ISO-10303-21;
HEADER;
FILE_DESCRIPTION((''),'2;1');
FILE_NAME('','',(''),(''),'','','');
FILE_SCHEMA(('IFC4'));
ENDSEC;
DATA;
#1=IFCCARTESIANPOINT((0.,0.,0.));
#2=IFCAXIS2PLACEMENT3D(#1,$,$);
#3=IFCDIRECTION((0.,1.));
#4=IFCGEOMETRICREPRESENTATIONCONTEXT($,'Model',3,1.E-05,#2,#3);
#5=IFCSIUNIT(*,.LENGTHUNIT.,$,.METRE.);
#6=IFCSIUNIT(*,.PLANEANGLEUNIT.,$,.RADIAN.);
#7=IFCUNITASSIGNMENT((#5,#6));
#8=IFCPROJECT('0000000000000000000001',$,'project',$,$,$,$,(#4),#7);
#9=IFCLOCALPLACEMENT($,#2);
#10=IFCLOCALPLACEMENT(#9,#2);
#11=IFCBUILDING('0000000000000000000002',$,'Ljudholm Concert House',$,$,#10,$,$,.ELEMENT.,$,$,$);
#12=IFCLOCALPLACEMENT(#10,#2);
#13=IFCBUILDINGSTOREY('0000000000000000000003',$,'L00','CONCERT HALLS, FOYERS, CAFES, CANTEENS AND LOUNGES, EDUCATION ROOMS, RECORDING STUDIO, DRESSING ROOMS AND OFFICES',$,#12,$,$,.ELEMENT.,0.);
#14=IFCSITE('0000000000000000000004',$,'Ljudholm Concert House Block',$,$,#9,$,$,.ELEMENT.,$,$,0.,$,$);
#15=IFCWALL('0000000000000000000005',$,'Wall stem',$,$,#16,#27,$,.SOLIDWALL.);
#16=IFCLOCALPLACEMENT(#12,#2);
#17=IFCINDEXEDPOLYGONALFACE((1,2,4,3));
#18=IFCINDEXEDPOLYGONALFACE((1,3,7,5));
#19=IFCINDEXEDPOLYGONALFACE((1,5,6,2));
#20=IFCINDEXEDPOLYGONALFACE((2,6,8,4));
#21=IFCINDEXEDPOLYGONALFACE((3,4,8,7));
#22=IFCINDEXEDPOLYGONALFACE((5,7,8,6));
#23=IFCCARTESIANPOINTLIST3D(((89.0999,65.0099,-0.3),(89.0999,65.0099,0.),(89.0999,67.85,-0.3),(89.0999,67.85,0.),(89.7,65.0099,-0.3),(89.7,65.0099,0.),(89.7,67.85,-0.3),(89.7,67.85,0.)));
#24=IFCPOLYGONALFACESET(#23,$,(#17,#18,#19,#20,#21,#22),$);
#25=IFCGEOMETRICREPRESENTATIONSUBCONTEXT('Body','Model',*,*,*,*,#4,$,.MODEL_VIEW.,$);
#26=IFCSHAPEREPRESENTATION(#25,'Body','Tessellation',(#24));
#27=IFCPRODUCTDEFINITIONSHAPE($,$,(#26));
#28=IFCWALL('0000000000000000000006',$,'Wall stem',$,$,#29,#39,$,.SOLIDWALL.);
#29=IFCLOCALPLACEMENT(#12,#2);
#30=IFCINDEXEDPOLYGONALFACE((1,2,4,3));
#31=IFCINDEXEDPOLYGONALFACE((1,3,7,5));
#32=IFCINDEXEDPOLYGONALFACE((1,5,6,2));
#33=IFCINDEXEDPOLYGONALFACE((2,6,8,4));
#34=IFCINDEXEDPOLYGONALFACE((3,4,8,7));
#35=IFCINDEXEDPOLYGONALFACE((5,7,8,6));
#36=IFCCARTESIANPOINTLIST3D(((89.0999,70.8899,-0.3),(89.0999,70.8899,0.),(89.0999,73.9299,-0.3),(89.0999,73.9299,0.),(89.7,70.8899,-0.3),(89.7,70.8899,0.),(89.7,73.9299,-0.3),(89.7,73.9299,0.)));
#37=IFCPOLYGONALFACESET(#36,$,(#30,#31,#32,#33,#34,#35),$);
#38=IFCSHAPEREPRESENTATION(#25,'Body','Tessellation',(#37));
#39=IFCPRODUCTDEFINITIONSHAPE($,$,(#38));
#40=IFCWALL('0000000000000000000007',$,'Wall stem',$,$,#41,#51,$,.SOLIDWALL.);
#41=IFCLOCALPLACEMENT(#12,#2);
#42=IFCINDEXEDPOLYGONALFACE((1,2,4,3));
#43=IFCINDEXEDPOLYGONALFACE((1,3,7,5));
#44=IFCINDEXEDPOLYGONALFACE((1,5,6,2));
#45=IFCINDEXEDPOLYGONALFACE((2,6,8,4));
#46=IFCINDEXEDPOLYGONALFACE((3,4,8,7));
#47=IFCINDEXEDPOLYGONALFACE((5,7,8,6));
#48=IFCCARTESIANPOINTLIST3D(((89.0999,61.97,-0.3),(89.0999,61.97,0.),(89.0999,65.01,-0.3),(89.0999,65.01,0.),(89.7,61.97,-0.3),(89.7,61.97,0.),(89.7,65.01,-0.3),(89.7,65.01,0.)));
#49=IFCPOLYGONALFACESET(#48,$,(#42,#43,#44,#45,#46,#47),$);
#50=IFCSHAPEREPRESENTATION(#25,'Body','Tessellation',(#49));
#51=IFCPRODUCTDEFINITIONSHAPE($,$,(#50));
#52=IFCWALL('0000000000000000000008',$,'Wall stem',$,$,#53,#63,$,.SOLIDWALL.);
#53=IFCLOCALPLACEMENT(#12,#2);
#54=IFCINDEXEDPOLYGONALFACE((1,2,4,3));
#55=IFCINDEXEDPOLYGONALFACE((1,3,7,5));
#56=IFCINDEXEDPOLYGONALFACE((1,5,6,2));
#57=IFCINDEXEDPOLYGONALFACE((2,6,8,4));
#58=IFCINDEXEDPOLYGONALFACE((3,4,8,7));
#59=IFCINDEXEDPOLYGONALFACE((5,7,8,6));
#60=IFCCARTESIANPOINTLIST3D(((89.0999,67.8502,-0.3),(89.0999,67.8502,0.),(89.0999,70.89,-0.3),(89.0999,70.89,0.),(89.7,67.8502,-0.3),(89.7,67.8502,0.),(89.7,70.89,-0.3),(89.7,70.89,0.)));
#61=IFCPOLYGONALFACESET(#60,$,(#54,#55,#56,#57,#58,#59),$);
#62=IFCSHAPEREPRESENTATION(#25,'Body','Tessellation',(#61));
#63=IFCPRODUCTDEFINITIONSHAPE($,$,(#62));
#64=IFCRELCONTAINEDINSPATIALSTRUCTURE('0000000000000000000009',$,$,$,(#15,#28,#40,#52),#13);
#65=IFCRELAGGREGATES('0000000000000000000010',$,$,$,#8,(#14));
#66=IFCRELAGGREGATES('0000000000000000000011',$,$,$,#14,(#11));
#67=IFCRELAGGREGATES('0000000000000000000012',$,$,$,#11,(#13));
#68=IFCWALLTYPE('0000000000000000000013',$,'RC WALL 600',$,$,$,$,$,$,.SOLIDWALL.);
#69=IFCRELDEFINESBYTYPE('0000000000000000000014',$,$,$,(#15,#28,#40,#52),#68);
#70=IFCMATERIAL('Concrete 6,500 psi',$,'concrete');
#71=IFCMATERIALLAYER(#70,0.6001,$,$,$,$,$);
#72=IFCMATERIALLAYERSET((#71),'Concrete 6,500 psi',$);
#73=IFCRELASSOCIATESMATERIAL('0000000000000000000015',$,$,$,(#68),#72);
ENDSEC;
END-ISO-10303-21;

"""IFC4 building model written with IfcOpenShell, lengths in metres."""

from ifc_helpers import new_model, si_unit, direction, frame, frame_2d, origin, place, context, subcontext, project, spatial, rectangle, extrude, material, layer, layer_set, type_object, element, save


model = new_model("IFC4")

# Units and contexts
model_context = context("Model", 3, precision=1e-05, world=origin(), true_north=direction((0.0, 1.0)))
body_context = subcontext(model_context, "Body", "Model", "MODEL_VIEW")
ifc_project = project(units=[si_unit("LENGTHUNIT", "METRE"), si_unit("PLANEANGLEUNIT", "RADIAN")], contexts=[model_context])

# Site, building, storey
site_placement = place(None, origin())
site = spatial("IfcSite", under=ifc_project, at=site_placement, Name="Ljudholm Concert House Block", CompositionType="ELEMENT", RefElevation=0.0)
building_placement = place(site_placement, origin())
building = spatial("IfcBuilding", under=site, at=building_placement, Name="Ljudholm Concert House", CompositionType="ELEMENT")
storey_placement = place(building_placement, origin())
storey = spatial("IfcBuildingStorey", under=building, at=storey_placement, Name="L00", Description="CONCERT HALLS, FOYERS, CAFES, CANTEENS AND LOUNGES, EDUCATION ROOMS, RECORDING STUDIO, DRESSING ROOMS AND OFFICES", CompositionType="ELEMENT", Elevation=0.0)

# Shared definitions
ifc_material_1 = material(Name="Concrete 6,500 psi", Category="concrete")
ifc_layer_1 = layer(ifc_material_1, 0.6001)
ifc_layer_set_1 = layer_set([ifc_layer_1], Name="Concrete 6,500 psi")
wall_type_1 = type_object("IfcWallType", Name="RC WALL 600", PredefinedType="SOLIDWALL", material=ifc_layer_set_1)

# Walls
wall_1_placement = place(storey_placement, frame((89.3999, 65.01, -0.3), z_axis=(0.0, 0.0, 1.0), x_axis=(0.0, 1.0, 0.0)))
element("IfcWall", 1, at=wall_1_placement, inside=storey, type_object=wall_type_1, Name="Wall stem", PredefinedType="SOLIDWALL", context=body_context, shape_type="SweptSolid", body=[
    extrude(rectangle(XDim=2.8401, YDim=0.6001, at=frame_2d((1.4199, 0.0))), origin(), (0.0, 0.0, 1.0), 0.3),
])
for number, where, z_axis, x_axis, name in (
    (2, (89.3999, 70.8899, -0.3), (0.0, 0.0, 1.0), (0.0, 1.0, 0.0), "Wall stem"),
    (3, (89.3999, 61.97, -0.3), (0.0, 0.0, 1.0), (0.0, 1.0, 0.0), "Wall stem"),
):
    element("IfcWall", number, at=place(storey_placement, frame(where, z_axis=z_axis, x_axis=x_axis)), inside=storey, type_object=wall_type_1, Name=name, PredefinedType="SOLIDWALL", context=body_context, shape_type="SweptSolid", body=[
        extrude(rectangle(XDim=3.04, YDim=0.6001, at=frame_2d((1.52, 0.0))), origin(), (0.0, 0.0, 1.0), 0.3),
    ])
wall_2_placement = place(storey_placement, frame((89.3999, 67.8501, -0.3), z_axis=(0.0, 0.0, 1.0), x_axis=(0.0, 1.0, 0.0)))
element("IfcWall", 4, at=wall_2_placement, inside=storey, type_object=wall_type_1, Name="Wall stem", PredefinedType="SOLIDWALL", context=body_context, shape_type="SweptSolid", body=[
    extrude(rectangle(XDim=3.0398, YDim=0.6001, at=frame_2d((1.52, 0.0))), origin(), (0.0, 0.0, 1.0), 0.3),
])

save(model, "model.ifc")
